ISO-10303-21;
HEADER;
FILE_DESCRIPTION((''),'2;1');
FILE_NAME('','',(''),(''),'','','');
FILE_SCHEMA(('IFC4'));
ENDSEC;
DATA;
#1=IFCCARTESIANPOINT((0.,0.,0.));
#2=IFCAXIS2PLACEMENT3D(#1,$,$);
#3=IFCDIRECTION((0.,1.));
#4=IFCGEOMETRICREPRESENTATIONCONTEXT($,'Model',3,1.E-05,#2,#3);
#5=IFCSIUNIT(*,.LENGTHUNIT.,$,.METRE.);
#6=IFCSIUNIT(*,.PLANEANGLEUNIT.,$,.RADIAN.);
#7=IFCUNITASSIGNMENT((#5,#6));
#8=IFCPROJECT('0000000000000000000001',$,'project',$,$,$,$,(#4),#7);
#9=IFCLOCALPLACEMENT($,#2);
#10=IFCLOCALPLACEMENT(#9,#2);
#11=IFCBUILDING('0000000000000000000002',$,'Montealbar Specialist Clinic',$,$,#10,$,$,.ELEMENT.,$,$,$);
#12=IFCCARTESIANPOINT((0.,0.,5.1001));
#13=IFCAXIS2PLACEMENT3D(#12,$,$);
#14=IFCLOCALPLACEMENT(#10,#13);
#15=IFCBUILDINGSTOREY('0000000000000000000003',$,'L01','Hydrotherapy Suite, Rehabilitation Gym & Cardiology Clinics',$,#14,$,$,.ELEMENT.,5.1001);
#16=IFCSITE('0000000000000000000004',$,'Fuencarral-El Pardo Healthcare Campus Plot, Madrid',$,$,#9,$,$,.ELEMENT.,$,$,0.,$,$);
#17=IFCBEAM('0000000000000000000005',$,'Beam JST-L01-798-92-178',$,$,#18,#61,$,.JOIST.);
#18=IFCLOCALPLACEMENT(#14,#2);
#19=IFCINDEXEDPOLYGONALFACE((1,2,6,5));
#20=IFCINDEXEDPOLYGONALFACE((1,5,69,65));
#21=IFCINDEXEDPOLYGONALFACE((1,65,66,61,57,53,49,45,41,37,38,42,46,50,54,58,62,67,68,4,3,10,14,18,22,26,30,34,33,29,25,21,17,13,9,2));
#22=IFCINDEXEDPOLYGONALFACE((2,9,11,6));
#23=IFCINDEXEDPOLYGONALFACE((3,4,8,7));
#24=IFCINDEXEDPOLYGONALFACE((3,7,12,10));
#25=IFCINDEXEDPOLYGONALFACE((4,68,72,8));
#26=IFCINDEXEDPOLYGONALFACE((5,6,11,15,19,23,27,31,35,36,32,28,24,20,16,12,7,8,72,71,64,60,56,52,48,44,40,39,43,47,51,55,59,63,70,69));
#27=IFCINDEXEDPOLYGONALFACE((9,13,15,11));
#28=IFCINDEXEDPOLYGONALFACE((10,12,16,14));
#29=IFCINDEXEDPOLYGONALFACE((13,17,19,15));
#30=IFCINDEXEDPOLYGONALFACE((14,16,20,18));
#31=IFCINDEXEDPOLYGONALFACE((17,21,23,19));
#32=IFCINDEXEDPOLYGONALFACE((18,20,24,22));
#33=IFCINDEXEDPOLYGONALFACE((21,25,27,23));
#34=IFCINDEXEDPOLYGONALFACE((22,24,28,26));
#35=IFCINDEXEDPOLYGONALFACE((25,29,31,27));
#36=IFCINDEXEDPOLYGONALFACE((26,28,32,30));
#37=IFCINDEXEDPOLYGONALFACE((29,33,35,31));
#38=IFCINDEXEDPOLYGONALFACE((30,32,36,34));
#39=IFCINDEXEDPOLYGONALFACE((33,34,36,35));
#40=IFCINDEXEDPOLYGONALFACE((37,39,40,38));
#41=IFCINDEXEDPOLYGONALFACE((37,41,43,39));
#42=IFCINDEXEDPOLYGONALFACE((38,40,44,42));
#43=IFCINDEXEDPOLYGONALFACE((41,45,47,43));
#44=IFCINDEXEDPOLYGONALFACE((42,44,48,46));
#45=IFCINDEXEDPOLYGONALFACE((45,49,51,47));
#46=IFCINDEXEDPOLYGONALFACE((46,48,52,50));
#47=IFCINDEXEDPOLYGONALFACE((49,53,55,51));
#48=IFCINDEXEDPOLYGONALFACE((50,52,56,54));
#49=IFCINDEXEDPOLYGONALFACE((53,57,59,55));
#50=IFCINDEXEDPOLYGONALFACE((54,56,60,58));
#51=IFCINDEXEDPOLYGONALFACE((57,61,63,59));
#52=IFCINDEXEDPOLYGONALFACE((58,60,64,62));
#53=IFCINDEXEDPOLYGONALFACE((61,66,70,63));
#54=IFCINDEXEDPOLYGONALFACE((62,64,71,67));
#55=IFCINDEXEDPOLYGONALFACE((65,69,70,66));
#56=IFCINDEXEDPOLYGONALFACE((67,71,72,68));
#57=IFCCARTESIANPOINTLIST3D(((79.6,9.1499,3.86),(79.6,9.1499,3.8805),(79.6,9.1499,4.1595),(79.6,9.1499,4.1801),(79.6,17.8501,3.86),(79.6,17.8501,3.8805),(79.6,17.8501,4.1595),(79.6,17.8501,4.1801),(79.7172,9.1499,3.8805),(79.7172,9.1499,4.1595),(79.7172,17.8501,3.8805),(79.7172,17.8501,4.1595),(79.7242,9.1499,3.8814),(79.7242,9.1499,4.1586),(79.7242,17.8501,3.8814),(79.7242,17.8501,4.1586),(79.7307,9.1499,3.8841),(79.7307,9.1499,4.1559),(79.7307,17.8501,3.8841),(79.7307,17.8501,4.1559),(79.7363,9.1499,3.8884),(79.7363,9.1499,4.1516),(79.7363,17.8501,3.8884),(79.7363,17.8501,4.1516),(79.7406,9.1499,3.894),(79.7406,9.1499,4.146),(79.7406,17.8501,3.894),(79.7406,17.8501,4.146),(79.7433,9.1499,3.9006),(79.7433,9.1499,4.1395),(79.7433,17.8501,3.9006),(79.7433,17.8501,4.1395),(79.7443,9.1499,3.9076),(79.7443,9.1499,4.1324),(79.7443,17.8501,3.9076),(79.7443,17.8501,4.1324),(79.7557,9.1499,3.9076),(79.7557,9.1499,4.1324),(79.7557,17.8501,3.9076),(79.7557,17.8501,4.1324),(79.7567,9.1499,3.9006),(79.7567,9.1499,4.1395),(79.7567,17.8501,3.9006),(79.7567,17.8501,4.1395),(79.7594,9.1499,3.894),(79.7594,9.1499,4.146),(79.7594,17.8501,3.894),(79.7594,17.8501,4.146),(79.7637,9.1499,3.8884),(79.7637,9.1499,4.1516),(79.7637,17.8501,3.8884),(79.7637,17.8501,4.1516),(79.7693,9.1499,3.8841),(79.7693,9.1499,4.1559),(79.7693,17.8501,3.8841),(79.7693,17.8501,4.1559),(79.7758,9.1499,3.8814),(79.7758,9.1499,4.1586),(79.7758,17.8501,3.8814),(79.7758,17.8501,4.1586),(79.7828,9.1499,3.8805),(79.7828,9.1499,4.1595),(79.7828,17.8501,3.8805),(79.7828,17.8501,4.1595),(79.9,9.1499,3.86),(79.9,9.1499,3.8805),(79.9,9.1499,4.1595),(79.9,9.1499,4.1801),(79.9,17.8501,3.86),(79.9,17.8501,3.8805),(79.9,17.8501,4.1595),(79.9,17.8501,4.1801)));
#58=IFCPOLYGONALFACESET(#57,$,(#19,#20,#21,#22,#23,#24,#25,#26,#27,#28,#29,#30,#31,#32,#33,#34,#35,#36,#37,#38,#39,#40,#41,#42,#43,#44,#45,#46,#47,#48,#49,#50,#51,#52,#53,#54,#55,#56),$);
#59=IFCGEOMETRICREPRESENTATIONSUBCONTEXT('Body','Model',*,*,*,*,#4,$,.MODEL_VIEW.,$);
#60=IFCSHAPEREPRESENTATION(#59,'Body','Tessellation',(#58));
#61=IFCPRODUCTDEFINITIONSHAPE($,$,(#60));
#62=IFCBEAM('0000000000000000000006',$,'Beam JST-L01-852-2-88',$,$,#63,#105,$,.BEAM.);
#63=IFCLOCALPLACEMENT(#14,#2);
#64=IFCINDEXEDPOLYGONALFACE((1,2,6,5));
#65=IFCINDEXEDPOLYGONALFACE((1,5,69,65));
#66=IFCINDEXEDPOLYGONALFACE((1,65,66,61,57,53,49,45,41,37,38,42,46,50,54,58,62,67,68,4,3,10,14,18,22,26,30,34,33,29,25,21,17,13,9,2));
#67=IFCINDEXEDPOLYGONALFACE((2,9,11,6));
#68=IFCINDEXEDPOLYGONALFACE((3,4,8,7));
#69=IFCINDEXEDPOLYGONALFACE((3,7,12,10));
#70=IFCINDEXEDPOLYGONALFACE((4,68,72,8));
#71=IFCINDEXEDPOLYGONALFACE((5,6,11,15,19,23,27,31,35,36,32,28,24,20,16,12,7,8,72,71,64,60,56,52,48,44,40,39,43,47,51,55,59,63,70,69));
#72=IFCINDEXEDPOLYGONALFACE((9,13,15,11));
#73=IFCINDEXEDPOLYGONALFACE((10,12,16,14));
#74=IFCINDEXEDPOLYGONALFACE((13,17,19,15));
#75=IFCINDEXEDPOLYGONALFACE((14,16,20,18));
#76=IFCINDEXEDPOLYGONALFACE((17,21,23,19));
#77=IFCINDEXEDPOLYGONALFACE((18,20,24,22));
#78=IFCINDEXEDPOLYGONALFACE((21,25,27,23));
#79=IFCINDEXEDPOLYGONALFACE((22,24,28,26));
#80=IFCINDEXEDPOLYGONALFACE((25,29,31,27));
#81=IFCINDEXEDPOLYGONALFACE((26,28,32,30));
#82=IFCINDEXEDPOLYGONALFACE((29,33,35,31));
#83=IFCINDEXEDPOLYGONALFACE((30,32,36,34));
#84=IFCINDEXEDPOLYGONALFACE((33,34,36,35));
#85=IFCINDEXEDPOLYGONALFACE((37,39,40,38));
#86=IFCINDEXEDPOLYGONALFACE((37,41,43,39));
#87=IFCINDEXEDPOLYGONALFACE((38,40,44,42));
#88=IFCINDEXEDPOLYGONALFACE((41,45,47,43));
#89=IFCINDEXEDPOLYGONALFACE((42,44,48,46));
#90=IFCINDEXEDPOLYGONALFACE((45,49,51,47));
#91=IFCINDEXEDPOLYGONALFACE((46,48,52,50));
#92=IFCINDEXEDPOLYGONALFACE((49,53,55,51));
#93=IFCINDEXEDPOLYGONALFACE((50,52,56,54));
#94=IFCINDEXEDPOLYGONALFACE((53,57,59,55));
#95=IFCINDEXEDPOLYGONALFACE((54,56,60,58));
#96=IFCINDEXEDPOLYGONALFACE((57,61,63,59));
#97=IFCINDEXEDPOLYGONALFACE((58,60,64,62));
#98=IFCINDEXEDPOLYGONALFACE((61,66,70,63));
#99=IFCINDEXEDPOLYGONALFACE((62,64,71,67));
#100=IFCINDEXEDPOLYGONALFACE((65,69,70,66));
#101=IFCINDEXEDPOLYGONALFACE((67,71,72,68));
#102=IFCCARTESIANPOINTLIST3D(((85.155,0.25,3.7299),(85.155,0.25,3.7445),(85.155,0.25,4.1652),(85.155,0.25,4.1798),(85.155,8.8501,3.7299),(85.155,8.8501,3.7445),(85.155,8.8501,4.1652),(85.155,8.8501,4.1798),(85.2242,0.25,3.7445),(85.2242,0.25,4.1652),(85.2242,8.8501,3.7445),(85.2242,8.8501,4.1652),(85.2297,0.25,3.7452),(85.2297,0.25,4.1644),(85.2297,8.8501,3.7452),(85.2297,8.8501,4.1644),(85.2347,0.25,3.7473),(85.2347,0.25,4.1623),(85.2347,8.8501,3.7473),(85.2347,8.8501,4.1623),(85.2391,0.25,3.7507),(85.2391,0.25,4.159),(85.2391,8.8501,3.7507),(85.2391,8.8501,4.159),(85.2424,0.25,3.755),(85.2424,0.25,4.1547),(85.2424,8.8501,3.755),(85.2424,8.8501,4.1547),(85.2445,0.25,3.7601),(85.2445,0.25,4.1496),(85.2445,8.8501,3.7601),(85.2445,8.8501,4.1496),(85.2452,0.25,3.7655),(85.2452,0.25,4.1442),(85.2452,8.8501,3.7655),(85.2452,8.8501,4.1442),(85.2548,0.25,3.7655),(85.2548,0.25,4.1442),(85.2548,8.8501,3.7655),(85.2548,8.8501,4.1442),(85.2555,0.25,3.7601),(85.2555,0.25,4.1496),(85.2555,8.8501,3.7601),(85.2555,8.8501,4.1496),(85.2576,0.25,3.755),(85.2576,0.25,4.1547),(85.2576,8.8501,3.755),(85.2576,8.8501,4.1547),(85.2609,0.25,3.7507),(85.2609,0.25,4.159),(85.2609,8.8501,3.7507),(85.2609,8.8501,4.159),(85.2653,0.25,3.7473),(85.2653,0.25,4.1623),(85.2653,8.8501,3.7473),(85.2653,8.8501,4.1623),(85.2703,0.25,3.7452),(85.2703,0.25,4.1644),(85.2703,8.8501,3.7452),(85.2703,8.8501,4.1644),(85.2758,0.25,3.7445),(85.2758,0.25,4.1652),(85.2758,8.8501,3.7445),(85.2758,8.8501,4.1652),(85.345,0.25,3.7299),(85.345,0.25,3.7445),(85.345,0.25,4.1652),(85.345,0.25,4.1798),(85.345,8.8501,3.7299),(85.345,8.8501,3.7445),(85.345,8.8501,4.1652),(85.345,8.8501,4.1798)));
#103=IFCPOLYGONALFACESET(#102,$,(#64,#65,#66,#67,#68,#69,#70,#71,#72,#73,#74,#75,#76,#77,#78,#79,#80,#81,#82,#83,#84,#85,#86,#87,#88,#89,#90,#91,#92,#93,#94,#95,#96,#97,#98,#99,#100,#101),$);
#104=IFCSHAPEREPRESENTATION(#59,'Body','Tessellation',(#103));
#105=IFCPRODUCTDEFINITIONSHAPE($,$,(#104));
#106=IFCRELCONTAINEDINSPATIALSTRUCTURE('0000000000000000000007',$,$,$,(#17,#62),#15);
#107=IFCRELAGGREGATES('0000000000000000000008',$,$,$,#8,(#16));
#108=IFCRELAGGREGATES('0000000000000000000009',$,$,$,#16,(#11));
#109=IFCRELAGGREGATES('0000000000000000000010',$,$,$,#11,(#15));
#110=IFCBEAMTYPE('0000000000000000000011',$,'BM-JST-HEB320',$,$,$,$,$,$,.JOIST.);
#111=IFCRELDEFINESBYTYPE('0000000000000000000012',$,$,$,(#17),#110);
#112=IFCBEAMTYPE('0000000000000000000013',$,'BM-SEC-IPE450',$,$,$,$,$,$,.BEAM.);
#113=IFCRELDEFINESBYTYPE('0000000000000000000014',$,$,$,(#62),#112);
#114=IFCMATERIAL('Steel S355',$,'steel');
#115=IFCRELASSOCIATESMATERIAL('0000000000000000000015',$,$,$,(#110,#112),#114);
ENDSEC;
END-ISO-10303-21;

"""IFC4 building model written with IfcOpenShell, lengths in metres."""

from ifc_helpers import new_model, si_unit, direction, frame, origin, origin_2d, place, context, subcontext, project, spatial, i_section, extrude, material, material_profile, profile_set, type_object, element, save


model = new_model("IFC4")

# Units and contexts
model_context = context("Model", 3, precision=1e-05, world=origin(), true_north=direction((0.0, 1.0)))
body_context = subcontext(model_context, "Body", "Model", "MODEL_VIEW")
ifc_project = project(units=[si_unit("LENGTHUNIT", "METRE"), si_unit("PLANEANGLEUNIT", "RADIAN")], contexts=[model_context])

# Site, building, storey
site_placement = place(None, origin())
site = spatial("IfcSite", under=ifc_project, at=site_placement, Name="Fuencarral-El Pardo Healthcare Campus Plot, Madrid", CompositionType="ELEMENT", RefElevation=0.0)
building_placement = place(site_placement, origin())
building = spatial("IfcBuilding", under=site, at=building_placement, Name="Montealbar Specialist Clinic", CompositionType="ELEMENT")
storey_placement = place(building_placement, frame((0.0, 0.0, 5.1001)))
storey = spatial("IfcBuildingStorey", under=building, at=storey_placement, Name="L01", Description="Hydrotherapy Suite, Rehabilitation Gym & Cardiology Clinics", CompositionType="ELEMENT", Elevation=5.1001)

# Shared definitions
ifc_material_1 = material(Name="Steel S355", Category="steel")

# Beams
ifc_material_profile_1 = material_profile(ifc_material_1, i_section(OverallWidth=0.3, OverallDepth=0.3201, WebThickness=0.0115, FlangeThickness=0.0205, FilletRadius=0.0271, at=origin_2d()), Name="HEB 320", Category="steel")
ifc_profile_set_1 = profile_set([ifc_material_profile_1], Name="Steel S355")
beam_type_1 = type_object("IfcBeamType", Name="BM-JST-HEB320", PredefinedType="JOIST", material=ifc_profile_set_1)
beam_1_placement = place(storey_placement, frame((79.75, 9.1499, 4.02), z_axis=(0.0, 1.0, 0.0), x_axis=(-1.0, 0.0, 0.0)))
element("IfcBeam", 1, at=beam_1_placement, inside=storey, type_object=beam_type_1, Name="Beam JST-L01-798-92-178", PredefinedType="JOIST", context=body_context, shape_type="SweptSolid", body=[
    extrude(i_section(OverallWidth=0.3, OverallDepth=0.3201, WebThickness=0.0115, FlangeThickness=0.0205, FilletRadius=0.0271, at=origin_2d()), origin(), (0.0, 0.0, 1.0), 8.7002),
])
ifc_material_profile_2 = material_profile(ifc_material_1, i_section(OverallWidth=0.1899, OverallDepth=0.45, WebThickness=0.0095, FlangeThickness=0.0146, FilletRadius=0.021, at=origin_2d()), Name="IPE 450", Category="steel")
ifc_profile_set_2 = profile_set([ifc_material_profile_2], Name="Steel S355")
beam_type_2 = type_object("IfcBeamType", Name="BM-SEC-IPE450", PredefinedType="BEAM", material=ifc_profile_set_2)
beam_2_placement = place(storey_placement, frame((85.25, 0.25, 3.9548), z_axis=(0.0, 1.0, 0.0), x_axis=(-1.0, 0.0, 0.0)))
element("IfcBeam", 2, at=beam_2_placement, inside=storey, type_object=beam_type_2, Name="Beam JST-L01-852-2-88", PredefinedType="BEAM", context=body_context, shape_type="SweptSolid", body=[
    extrude(i_section(OverallWidth=0.1899, OverallDepth=0.45, WebThickness=0.0095, FlangeThickness=0.0146, FilletRadius=0.021, at=origin_2d()), origin(), (0.0, 0.0, 1.0), 8.6001),
])

save(model, "model.ifc")
